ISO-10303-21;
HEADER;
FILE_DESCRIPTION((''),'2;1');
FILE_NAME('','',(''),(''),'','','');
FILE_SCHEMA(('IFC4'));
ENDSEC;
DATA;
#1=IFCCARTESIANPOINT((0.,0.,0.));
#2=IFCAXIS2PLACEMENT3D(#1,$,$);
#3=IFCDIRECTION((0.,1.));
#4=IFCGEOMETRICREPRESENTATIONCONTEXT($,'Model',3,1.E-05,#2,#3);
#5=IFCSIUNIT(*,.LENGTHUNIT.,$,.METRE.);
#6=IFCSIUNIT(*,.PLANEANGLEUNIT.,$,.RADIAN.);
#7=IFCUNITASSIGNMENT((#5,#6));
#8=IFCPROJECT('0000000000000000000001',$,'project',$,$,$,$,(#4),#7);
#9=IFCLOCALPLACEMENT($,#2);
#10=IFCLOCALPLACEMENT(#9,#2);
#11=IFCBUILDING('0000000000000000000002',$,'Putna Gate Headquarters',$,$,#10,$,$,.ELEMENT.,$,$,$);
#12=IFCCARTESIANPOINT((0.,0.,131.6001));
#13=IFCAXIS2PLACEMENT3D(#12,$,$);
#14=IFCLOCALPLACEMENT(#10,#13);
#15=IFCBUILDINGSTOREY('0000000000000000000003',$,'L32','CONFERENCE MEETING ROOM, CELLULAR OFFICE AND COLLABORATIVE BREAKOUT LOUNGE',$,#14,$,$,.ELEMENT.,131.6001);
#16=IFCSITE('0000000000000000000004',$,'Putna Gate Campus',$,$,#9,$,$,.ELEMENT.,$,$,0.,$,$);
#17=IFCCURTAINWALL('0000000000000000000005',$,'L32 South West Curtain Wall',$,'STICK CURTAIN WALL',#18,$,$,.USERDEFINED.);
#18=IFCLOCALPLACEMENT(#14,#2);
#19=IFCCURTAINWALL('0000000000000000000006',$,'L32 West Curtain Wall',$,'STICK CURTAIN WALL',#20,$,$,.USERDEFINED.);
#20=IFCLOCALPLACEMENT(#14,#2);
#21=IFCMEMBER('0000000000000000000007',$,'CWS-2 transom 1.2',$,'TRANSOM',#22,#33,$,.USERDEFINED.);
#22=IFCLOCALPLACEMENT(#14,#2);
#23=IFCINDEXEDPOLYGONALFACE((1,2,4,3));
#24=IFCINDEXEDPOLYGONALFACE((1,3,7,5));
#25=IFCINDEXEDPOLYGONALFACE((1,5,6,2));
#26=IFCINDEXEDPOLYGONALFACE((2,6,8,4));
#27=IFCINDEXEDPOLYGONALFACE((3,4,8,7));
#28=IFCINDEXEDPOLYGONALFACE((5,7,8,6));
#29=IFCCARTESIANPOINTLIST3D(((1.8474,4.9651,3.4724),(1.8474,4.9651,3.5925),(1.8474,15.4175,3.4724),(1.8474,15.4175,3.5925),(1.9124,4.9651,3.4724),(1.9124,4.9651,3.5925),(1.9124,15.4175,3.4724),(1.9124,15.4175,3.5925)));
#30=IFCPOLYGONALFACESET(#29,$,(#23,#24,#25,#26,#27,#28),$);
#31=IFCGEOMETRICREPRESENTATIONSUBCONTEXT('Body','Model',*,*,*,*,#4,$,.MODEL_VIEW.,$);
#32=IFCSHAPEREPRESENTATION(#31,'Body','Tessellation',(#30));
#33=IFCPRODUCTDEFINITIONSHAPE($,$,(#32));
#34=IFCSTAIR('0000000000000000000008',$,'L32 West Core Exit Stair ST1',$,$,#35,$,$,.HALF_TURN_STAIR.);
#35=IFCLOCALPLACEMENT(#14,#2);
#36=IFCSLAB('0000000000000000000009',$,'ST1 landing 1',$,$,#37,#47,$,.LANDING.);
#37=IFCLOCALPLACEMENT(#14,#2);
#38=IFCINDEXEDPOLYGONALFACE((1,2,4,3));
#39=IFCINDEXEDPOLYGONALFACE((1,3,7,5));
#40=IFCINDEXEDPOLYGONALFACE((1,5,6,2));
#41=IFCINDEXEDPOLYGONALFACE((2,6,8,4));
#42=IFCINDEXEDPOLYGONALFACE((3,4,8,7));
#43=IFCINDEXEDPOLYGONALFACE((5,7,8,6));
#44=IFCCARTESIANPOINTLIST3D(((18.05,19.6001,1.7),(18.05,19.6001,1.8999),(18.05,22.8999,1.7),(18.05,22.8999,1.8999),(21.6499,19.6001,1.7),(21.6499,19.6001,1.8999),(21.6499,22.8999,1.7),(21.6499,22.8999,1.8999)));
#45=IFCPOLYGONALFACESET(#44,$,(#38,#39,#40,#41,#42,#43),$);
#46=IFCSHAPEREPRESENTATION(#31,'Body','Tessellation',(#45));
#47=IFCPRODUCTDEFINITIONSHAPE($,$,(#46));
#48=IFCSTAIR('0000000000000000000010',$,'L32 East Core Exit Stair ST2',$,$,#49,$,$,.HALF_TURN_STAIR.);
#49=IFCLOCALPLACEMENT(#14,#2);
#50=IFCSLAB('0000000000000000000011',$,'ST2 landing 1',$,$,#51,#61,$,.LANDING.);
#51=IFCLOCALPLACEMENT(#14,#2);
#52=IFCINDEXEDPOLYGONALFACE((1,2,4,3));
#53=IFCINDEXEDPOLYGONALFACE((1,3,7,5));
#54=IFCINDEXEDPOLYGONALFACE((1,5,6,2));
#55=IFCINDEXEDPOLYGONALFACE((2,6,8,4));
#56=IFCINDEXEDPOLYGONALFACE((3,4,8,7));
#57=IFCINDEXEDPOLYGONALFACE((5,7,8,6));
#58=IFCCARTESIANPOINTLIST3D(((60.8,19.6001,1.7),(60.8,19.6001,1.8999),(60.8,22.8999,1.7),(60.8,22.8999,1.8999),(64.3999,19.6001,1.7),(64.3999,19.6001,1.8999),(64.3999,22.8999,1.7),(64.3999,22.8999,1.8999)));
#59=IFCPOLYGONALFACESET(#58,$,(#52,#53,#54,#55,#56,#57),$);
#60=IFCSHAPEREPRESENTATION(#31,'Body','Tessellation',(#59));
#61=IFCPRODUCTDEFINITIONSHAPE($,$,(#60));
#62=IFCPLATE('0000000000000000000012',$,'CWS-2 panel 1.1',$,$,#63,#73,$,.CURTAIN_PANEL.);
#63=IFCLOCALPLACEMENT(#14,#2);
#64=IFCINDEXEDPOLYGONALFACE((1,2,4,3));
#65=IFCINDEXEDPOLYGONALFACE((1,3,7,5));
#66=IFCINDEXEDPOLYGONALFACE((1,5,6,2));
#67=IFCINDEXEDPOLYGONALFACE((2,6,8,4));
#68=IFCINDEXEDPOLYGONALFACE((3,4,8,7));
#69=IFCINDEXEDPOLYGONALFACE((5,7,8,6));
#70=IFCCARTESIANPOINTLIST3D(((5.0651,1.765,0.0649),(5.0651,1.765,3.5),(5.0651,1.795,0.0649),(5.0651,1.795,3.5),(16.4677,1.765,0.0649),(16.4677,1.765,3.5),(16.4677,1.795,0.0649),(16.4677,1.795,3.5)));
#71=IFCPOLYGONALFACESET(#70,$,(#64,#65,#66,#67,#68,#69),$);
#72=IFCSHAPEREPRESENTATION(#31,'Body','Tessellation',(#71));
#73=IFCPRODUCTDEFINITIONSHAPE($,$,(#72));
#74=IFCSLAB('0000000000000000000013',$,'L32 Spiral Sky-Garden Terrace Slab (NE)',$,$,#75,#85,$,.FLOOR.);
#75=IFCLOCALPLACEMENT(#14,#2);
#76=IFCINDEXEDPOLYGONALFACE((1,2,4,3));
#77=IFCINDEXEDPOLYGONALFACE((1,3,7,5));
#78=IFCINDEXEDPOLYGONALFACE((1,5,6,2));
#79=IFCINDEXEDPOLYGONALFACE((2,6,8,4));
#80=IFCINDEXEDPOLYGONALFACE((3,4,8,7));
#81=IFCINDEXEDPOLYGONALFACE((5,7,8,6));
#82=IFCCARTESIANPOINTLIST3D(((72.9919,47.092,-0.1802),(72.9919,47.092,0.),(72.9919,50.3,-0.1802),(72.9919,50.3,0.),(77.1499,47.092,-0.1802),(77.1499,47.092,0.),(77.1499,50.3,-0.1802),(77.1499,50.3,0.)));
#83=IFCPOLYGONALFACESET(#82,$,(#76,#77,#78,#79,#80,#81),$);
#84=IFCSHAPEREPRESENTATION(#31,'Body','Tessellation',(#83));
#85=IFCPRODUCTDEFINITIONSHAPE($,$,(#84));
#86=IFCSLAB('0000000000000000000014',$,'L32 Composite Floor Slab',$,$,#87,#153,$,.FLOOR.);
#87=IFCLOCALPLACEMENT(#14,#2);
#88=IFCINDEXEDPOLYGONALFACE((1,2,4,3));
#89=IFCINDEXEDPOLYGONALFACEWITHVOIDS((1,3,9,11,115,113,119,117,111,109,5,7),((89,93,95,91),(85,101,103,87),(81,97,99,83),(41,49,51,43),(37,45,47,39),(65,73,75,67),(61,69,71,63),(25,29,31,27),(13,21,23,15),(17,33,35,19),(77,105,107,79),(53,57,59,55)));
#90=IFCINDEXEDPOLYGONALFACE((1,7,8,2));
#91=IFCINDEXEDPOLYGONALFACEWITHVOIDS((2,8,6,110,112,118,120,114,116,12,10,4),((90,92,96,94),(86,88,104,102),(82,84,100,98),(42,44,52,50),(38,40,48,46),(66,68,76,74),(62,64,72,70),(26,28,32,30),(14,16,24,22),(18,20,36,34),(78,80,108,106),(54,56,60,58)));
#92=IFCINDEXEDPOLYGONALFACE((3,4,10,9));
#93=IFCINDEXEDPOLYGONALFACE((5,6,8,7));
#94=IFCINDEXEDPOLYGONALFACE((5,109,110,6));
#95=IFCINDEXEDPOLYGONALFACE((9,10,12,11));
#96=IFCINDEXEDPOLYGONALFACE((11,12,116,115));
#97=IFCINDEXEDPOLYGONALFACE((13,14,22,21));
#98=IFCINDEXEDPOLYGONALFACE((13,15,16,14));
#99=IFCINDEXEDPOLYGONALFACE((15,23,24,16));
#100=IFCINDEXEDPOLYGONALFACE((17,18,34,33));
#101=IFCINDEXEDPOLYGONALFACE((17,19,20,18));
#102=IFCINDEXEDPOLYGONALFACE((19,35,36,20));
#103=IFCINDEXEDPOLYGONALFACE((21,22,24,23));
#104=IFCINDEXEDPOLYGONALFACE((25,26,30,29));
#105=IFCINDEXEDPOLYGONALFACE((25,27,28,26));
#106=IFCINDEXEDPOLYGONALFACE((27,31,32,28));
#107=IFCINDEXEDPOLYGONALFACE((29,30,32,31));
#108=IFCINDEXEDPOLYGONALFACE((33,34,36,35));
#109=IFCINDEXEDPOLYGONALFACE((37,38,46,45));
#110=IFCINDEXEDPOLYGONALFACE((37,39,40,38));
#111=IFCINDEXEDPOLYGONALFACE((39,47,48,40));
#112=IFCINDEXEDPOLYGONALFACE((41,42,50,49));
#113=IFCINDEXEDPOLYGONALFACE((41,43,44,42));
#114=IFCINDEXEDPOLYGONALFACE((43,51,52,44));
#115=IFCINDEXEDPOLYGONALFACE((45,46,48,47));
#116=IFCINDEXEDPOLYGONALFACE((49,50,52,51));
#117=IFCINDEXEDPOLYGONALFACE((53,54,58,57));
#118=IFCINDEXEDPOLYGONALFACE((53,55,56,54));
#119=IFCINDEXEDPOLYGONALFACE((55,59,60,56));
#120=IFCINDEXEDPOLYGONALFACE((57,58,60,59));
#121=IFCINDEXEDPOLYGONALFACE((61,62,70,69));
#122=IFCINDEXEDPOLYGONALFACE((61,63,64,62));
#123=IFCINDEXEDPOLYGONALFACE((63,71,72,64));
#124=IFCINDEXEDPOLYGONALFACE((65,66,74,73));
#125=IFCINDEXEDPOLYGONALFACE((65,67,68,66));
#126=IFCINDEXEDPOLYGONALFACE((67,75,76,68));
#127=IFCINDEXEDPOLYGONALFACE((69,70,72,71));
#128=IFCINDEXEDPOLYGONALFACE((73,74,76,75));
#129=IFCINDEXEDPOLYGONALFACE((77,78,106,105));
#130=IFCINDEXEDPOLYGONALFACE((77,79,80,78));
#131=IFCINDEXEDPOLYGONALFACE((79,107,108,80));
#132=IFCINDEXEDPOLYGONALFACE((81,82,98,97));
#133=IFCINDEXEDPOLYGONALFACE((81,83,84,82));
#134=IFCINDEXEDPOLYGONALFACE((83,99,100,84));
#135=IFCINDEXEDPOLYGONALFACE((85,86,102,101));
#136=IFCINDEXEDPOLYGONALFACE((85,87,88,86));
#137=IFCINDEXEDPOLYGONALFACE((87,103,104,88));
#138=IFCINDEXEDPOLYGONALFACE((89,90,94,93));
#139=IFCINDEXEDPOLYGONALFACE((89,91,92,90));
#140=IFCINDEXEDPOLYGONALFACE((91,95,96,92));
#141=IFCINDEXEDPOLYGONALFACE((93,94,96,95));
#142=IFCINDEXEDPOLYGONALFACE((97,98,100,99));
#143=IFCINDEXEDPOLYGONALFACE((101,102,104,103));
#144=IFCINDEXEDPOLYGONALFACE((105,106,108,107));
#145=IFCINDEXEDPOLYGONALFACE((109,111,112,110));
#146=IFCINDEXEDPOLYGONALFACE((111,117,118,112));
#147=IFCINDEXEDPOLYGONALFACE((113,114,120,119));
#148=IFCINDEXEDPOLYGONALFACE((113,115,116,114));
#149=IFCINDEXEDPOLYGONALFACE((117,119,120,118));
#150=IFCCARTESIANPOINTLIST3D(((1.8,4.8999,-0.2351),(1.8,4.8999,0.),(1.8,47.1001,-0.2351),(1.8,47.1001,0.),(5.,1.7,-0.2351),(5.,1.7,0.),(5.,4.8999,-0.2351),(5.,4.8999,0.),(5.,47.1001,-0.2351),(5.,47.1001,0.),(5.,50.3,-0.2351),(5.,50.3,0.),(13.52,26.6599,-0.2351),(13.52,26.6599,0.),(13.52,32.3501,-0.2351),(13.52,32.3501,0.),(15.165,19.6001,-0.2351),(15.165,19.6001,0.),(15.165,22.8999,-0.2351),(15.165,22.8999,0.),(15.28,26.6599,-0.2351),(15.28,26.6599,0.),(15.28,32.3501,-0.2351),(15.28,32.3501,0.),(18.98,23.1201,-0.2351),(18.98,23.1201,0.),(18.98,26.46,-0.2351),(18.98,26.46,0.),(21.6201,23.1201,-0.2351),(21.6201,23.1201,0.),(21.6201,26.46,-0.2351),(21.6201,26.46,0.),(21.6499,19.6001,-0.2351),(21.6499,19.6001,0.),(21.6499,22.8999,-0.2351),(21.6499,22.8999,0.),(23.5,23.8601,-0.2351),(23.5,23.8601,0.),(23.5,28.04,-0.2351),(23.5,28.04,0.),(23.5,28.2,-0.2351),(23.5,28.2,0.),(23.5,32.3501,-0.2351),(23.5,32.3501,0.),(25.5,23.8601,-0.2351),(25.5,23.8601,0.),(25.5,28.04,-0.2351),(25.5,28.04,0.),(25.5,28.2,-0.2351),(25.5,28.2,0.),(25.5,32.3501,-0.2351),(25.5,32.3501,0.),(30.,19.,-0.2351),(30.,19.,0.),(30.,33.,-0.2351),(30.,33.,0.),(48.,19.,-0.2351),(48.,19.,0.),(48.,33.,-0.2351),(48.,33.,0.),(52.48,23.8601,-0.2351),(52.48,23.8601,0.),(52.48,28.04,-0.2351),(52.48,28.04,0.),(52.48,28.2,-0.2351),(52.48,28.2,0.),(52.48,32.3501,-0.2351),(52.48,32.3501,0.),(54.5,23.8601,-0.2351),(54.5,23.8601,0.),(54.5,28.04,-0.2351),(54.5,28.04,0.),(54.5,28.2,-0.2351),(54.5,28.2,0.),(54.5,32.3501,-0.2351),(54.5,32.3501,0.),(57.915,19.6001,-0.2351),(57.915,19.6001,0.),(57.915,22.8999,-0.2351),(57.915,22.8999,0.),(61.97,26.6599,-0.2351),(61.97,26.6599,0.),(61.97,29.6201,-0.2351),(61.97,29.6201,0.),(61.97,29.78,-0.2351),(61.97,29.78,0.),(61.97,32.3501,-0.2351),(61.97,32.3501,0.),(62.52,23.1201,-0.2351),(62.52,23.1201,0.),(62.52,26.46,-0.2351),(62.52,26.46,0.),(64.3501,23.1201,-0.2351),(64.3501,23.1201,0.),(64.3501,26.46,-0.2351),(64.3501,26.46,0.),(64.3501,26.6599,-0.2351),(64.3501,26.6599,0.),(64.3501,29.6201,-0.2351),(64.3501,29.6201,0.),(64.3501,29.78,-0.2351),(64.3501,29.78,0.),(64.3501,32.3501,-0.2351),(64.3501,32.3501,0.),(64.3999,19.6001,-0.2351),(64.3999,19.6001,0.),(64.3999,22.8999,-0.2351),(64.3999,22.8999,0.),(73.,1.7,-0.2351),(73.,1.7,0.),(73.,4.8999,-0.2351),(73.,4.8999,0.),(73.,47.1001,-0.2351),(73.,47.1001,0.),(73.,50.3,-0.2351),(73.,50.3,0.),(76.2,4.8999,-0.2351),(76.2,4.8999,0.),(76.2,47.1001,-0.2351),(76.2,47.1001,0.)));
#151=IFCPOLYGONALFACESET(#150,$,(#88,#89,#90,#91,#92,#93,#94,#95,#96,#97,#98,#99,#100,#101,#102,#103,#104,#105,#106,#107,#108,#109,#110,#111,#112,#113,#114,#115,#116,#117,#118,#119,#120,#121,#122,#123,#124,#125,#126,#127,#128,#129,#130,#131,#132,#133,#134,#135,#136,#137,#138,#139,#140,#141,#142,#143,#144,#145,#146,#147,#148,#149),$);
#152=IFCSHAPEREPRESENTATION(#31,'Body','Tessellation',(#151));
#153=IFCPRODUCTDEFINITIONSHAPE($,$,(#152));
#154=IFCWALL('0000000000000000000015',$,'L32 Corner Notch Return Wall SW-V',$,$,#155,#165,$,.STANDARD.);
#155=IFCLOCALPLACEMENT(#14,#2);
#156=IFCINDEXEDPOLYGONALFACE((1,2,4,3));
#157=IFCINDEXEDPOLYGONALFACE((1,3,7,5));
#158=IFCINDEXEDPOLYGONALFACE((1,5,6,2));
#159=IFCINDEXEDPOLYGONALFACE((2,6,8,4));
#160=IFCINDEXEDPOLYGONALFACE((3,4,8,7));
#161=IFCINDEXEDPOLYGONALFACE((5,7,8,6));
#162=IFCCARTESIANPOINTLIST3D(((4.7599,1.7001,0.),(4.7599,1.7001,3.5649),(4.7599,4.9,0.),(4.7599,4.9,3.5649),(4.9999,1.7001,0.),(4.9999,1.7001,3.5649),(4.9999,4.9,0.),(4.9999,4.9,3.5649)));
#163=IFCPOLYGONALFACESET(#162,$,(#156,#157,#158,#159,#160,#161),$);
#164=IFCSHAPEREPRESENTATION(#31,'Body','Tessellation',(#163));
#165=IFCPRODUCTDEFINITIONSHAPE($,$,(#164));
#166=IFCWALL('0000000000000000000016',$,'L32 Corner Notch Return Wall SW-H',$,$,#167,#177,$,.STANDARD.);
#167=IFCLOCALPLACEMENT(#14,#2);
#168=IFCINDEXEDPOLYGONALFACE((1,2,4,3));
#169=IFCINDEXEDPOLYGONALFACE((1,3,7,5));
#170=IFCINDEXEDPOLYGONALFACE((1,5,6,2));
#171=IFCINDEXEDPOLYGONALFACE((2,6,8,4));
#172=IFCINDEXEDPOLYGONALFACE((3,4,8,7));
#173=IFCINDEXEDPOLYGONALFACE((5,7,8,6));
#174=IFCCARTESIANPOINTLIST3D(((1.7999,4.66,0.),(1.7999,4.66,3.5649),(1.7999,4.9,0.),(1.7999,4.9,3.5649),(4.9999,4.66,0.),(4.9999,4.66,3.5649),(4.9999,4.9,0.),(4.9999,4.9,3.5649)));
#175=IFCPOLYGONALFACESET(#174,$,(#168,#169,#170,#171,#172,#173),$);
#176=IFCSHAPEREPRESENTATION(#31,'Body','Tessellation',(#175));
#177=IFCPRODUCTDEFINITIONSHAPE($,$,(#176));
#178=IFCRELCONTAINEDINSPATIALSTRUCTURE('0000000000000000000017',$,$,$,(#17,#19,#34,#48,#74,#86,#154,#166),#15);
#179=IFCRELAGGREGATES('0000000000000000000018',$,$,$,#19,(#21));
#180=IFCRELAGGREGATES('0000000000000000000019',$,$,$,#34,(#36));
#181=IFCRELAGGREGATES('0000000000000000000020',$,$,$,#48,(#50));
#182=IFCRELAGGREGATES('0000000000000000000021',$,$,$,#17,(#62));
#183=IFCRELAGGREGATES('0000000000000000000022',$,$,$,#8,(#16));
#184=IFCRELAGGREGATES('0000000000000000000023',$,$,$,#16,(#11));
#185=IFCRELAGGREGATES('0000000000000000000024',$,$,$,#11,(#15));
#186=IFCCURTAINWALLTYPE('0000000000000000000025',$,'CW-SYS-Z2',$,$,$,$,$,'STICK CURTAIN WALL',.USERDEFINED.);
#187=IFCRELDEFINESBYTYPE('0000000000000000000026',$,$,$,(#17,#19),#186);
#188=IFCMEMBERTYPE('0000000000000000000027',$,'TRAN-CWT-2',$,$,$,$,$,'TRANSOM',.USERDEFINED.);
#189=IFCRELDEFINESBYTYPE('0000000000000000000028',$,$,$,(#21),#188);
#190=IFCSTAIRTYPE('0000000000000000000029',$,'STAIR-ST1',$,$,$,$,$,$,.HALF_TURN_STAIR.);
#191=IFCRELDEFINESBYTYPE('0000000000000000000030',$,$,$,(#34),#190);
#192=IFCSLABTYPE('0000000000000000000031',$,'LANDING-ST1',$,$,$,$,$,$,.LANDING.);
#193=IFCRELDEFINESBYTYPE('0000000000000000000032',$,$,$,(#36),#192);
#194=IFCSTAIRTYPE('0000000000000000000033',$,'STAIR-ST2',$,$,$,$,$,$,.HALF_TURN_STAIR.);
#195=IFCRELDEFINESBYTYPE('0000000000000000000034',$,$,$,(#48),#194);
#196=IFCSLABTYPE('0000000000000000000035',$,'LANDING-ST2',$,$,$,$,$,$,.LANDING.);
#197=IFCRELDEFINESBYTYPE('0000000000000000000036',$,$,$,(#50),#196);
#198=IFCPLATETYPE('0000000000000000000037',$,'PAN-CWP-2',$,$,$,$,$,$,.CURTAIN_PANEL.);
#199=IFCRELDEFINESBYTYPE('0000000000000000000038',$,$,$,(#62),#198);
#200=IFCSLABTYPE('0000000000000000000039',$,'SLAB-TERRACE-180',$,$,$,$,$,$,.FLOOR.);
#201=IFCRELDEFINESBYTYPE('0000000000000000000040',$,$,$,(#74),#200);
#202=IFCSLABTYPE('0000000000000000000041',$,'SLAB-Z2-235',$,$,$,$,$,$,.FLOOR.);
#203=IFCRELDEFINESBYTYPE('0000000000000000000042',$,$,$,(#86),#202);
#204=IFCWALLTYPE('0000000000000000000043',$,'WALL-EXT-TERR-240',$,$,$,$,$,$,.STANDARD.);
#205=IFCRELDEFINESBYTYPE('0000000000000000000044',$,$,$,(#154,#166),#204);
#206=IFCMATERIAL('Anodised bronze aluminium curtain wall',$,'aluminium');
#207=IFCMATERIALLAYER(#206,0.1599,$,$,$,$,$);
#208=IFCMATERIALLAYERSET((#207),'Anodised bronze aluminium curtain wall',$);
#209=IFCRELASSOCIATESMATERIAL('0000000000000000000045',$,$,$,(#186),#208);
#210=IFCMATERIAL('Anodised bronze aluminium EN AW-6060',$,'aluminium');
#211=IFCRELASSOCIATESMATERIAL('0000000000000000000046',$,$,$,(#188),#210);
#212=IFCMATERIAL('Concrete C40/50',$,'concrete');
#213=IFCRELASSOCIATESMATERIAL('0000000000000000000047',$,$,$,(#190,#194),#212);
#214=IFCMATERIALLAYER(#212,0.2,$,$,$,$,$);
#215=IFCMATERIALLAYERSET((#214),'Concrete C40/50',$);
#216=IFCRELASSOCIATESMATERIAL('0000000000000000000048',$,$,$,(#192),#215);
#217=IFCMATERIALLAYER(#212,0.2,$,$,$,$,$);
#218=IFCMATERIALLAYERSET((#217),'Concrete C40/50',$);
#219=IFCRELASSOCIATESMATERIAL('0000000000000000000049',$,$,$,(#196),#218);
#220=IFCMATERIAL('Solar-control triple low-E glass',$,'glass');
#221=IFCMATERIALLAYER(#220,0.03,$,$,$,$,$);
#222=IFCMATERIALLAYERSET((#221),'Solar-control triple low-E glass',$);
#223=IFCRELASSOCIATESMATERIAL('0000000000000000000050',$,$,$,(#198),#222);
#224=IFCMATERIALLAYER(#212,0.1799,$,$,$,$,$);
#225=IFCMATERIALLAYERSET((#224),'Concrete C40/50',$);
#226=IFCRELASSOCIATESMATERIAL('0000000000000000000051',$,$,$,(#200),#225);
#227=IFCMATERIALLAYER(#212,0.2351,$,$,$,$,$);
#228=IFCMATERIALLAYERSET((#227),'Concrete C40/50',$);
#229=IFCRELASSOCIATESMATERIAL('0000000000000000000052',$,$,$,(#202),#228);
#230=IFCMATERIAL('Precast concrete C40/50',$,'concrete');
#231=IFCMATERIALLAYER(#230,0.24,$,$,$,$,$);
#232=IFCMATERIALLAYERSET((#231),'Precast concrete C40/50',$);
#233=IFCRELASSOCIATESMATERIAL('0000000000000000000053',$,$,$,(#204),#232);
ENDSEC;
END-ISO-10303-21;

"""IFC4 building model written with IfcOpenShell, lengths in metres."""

from ifc_helpers import new_model, si_unit, direction, frame, frame_2d, origin, origin_2d, place, context, subcontext, project, spatial, polyline, rectangle, outline, extrude, material, layer, layer_set, material_profile, profile_set, type_object, element, aggregate, save


model = new_model("IFC4")

# Units and contexts
model_context = context("Model", 3, precision=1e-05, world=origin(), true_north=direction((0.0, 1.0)))
body_context = subcontext(model_context, "Body", "Model", "MODEL_VIEW")
ifc_project = project(units=[si_unit("LENGTHUNIT", "METRE"), si_unit("PLANEANGLEUNIT", "RADIAN")], contexts=[model_context])

# Site, building, storey
site_placement = place(None, origin())
site = spatial("IfcSite", under=ifc_project, at=site_placement, Name="Putna Gate Campus", CompositionType="ELEMENT", RefElevation=0.0)
building_placement = place(site_placement, origin())
building = spatial("IfcBuilding", under=site, at=building_placement, Name="Putna Gate Headquarters", CompositionType="ELEMENT")
storey_placement = place(building_placement, frame((0.0, 0.0, 131.6001)))
storey = spatial("IfcBuildingStorey", under=building, at=storey_placement, Name="L32", Description="CONFERENCE MEETING ROOM, CELLULAR OFFICE AND COLLABORATIVE BREAKOUT LOUNGE", CompositionType="ELEMENT", Elevation=131.6001)

# Curtain walls
ifc_material_1 = material(Name="Anodised bronze aluminium curtain wall", Category="aluminium")
ifc_layer_1 = layer(ifc_material_1, 0.1599)
ifc_layer_set_1 = layer_set([ifc_layer_1], Name="Anodised bronze aluminium curtain wall")
curtain_wall_type = type_object("IfcCurtainWallType", Name="CW-SYS-Z2", ElementType="STICK CURTAIN WALL", PredefinedType="USERDEFINED", material=ifc_layer_set_1)
curtain_wall_1_placement = place(storey_placement, origin())
curtain_wall_1 = element("IfcCurtainWall", 1, at=curtain_wall_1_placement, inside=storey, type_object=curtain_wall_type, Name="L32 South West Curtain Wall", ObjectType="STICK CURTAIN WALL", PredefinedType="USERDEFINED")
ifc_material_2 = material(Name="Anodised bronze aluminium EN AW-6060", Category="aluminium")
curtain_wall_2_placement = place(storey_placement, origin())
curtain_wall_2 = element("IfcCurtainWall", 2, at=curtain_wall_2_placement, inside=storey, type_object=curtain_wall_type, Name="L32 West Curtain Wall", ObjectType="STICK CURTAIN WALL", PredefinedType="USERDEFINED")

# Member
ifc_material_profile_1 = material_profile(ifc_material_2, rectangle(XDim=0.0649, YDim=0.1201, at=origin_2d()), Name="Anodised bronze aluminium EN AW-6060")
ifc_profile_set_1 = profile_set([ifc_material_profile_1], Name="Anodised bronze aluminium EN AW-6060")
member_type_1 = type_object("IfcMemberType", Name="TRAN-CWT-2", ElementType="TRANSOM", PredefinedType="USERDEFINED", material=ifc_profile_set_1)
member_1_placement = place(storey_placement, frame((1.8799, 4.9651, 3.5325), z_axis=(0.0, 1.0, 0.0), x_axis=(-1.0, 0.0, 0.0)))
member_1 = element("IfcMember", 3, at=member_1_placement, type_object=member_type_1, Name="CWS-2 transom 1.2", ObjectType="TRANSOM", PredefinedType="USERDEFINED", context=body_context, shape_type="SweptSolid", body=[
    extrude(rectangle(XDim=0.0649, YDim=0.1201, at=origin_2d()), origin(), (0.0, 0.0, 1.0), 10.4524),
])
aggregate(curtain_wall_2, [member_1])

# Stairs, slabs
ifc_material_3 = material(Name="Concrete C40/50", Category="concrete")
stair_type_1 = type_object("IfcStairType", Name="STAIR-ST1", PredefinedType="HALF_TURN_STAIR", material=ifc_material_3)
stair_1_placement = place(storey_placement, origin())
stair_1 = element("IfcStair", 4, at=stair_1_placement, inside=storey, type_object=stair_type_1, Name="L32 West Core Exit Stair ST1", PredefinedType="HALF_TURN_STAIR")
ifc_layer_2 = layer(ifc_material_3, 0.2)
ifc_layer_set_2 = layer_set([ifc_layer_2], Name="Concrete C40/50")
slab_type_1 = type_object("IfcSlabType", Name="LANDING-ST1", PredefinedType="LANDING", material=ifc_layer_set_2)
slab_1_placement = place(storey_placement, frame((0.0, 0.0, 1.7)))
slab_1 = element("IfcSlab", 5, at=slab_1_placement, type_object=slab_type_1, Name="ST1 landing 1", PredefinedType="LANDING", context=body_context, shape_type="SweptSolid", body=[
    extrude(outline(polyline([(18.05, 19.6001), (21.6499, 19.6001), (21.6499, 22.8999), (18.05, 22.8999), (18.05, 19.6001)])), origin(), (0.0, 0.0, 1.0), 0.2),
])
aggregate(stair_1, [slab_1])
stair_type_2 = type_object("IfcStairType", Name="STAIR-ST2", PredefinedType="HALF_TURN_STAIR", material=ifc_material_3)
stair_2_placement = place(storey_placement, origin())
stair_2 = element("IfcStair", 6, at=stair_2_placement, inside=storey, type_object=stair_type_2, Name="L32 East Core Exit Stair ST2", PredefinedType="HALF_TURN_STAIR")
ifc_layer_3 = layer(ifc_material_3, 0.2)
ifc_layer_set_3 = layer_set([ifc_layer_3], Name="Concrete C40/50")
slab_type_2 = type_object("IfcSlabType", Name="LANDING-ST2", PredefinedType="LANDING", material=ifc_layer_set_3)
slab_2_placement = place(storey_placement, frame((0.0, 0.0, 1.7)))
slab_2 = element("IfcSlab", 7, at=slab_2_placement, type_object=slab_type_2, Name="ST2 landing 1", PredefinedType="LANDING", context=body_context, shape_type="SweptSolid", body=[
    extrude(outline(polyline([(60.8, 19.6001), (64.3999, 19.6001), (64.3999, 22.8999), (60.8, 22.8999), (60.8, 19.6001)])), origin(), (0.0, 0.0, 1.0), 0.2),
])
aggregate(stair_2, [slab_2])

# Plate
ifc_material_4 = material(Name="Solar-control triple low-E glass", Category="glass")
ifc_layer_4 = layer(ifc_material_4, 0.03)
ifc_layer_set_4 = layer_set([ifc_layer_4], Name="Solar-control triple low-E glass")
plate_type = type_object("IfcPlateType", Name="PAN-CWP-2", PredefinedType="CURTAIN_PANEL", material=ifc_layer_set_4)
plate_placement = place(storey_placement, frame((10.7664, 1.78, 0.0649), z_axis=(0.0, 0.0, 1.0), x_axis=(1.0, 0.0, 0.0)))
plate = element("IfcPlate", 8, at=plate_placement, type_object=plate_type, Name="CWS-2 panel 1.1", PredefinedType="CURTAIN_PANEL", context=body_context, shape_type="SweptSolid", body=[
    extrude(rectangle(XDim=11.4026, YDim=0.03, at=origin_2d()), origin(), (0.0, 0.0, 1.0), 3.4351),
])
aggregate(curtain_wall_1, [plate])

# Slabs
ifc_layer_5 = layer(ifc_material_3, 0.1799)
ifc_layer_set_5 = layer_set([ifc_layer_5], Name="Concrete C40/50")
slab_type_3 = type_object("IfcSlabType", Name="SLAB-TERRACE-180", PredefinedType="FLOOR", material=ifc_layer_set_5)
slab_3_placement = place(storey_placement, frame((0.0, 0.0, -0.1802)))
element("IfcSlab", 9, at=slab_3_placement, inside=storey, type_object=slab_type_3, Name="L32 Spiral Sky-Garden Terrace Slab (NE)", PredefinedType="FLOOR", context=body_context, shape_type="SweptSolid", body=[
    extrude(outline(polyline([(72.9919, 47.092), (77.1499, 47.092), (77.1499, 50.3), (72.9919, 50.3), (72.9919, 47.092)])), origin(), (0.0, 0.0, 1.0), 0.1802),
])
ifc_layer_6 = layer(ifc_material_3, 0.2351)
ifc_layer_set_6 = layer_set([ifc_layer_6], Name="Concrete C40/50")
slab_type_4 = type_object("IfcSlabType", Name="SLAB-Z2-235", PredefinedType="FLOOR", material=ifc_layer_set_6)
slab_4_placement = place(storey_placement, frame((0.0, 0.0, -0.2351)))
element("IfcSlab", 10, at=slab_4_placement, inside=storey, type_object=slab_type_4, Name="L32 Composite Floor Slab", PredefinedType="FLOOR", context=body_context, shape_type="SweptSolid", body=[
    extrude(outline(polyline([(5.0, 1.7), (73.0, 1.7), (73.0, 4.8999), (76.2, 4.8999), (76.2, 47.1001), (73.0, 47.1001), (73.0, 50.3), (5.0, 50.3), (5.0, 47.1001), (1.8, 47.1001), (1.8, 4.8999), (5.0, 4.8999), (5.0, 1.7)]), holes=[polyline([(15.165, 19.6001), (21.6499, 19.6001), (21.6499, 22.8999), (15.165, 22.8999), (15.165, 19.6001)]), polyline([(57.915, 19.6001), (64.3999, 19.6001), (64.3999, 22.8999), (57.915, 22.8999), (57.915, 19.6001)]), polyline([(13.52, 26.6599), (15.28, 26.6599), (15.28, 32.3501), (13.52, 32.3501), (13.52, 26.6599)]), polyline([(61.97, 29.78), (64.3501, 29.78), (64.3501, 32.3501), (61.97, 32.3501), (61.97, 29.78)]), polyline([(18.98, 23.1201), (21.6201, 23.1201), (21.6201, 26.46), (18.98, 26.46), (18.98, 23.1201)]), polyline([(62.52, 23.1201), (64.3501, 23.1201), (64.3501, 26.46), (62.52, 26.46), (62.52, 23.1201)]), polyline([(61.97, 26.6599), (64.3501, 26.6599), (64.3501, 29.6201), (61.97, 29.6201), (61.97, 26.6599)]), polyline([(23.5, 23.8601), (25.5, 23.8601), (25.5, 28.04), (23.5, 28.04), (23.5, 23.8601)]), polyline([(52.48, 23.8601), (54.5, 23.8601), (54.5, 28.04), (52.48, 28.04), (52.48, 23.8601)]), polyline([(23.5, 28.2), (25.5, 28.2), (25.5, 32.3501), (23.5, 32.3501), (23.5, 28.2)]), polyline([(52.48, 28.2), (54.5, 28.2), (54.5, 32.3501), (52.48, 32.3501), (52.48, 28.2)]), polyline([(30.0, 19.0), (48.0, 19.0), (48.0, 33.0), (30.0, 33.0), (30.0, 19.0)])]), origin(), (0.0, 0.0, 1.0), 0.2351),
])

# Walls
ifc_material_5 = material(Name="Precast concrete C40/50", Category="concrete")
ifc_layer_7 = layer(ifc_material_5, 0.24)
ifc_layer_set_7 = layer_set([ifc_layer_7], Name="Precast concrete C40/50")
wall_type_1 = type_object("IfcWallType", Name="WALL-EXT-TERR-240", PredefinedType="STANDARD", material=ifc_layer_set_7)
for number, where, z_axis, x_axis, name in (
    (11, (4.8799, 1.7, 0.0), (0.0, 0.0, 1.0), (0.0, 1.0, 0.0), "L32 Corner Notch Return Wall SW-V"),
    (12, (5.0, 4.78, 0.0), (0.0, 0.0, 1.0), (-1.0, 0.0, 0.0), "L32 Corner Notch Return Wall SW-H"),
):
    element("IfcWall", number, at=place(storey_placement, frame(where, z_axis=z_axis, x_axis=x_axis)), inside=storey, type_object=wall_type_1, Name=name, PredefinedType="STANDARD", context=body_context, shape_type="SweptSolid", body=[
        extrude(rectangle(XDim=3.2, YDim=0.24, at=frame_2d((1.6001, 0.0))), origin(), (0.0, 0.0, 1.0), 3.5649),
    ])

save(model, "model.ifc")
